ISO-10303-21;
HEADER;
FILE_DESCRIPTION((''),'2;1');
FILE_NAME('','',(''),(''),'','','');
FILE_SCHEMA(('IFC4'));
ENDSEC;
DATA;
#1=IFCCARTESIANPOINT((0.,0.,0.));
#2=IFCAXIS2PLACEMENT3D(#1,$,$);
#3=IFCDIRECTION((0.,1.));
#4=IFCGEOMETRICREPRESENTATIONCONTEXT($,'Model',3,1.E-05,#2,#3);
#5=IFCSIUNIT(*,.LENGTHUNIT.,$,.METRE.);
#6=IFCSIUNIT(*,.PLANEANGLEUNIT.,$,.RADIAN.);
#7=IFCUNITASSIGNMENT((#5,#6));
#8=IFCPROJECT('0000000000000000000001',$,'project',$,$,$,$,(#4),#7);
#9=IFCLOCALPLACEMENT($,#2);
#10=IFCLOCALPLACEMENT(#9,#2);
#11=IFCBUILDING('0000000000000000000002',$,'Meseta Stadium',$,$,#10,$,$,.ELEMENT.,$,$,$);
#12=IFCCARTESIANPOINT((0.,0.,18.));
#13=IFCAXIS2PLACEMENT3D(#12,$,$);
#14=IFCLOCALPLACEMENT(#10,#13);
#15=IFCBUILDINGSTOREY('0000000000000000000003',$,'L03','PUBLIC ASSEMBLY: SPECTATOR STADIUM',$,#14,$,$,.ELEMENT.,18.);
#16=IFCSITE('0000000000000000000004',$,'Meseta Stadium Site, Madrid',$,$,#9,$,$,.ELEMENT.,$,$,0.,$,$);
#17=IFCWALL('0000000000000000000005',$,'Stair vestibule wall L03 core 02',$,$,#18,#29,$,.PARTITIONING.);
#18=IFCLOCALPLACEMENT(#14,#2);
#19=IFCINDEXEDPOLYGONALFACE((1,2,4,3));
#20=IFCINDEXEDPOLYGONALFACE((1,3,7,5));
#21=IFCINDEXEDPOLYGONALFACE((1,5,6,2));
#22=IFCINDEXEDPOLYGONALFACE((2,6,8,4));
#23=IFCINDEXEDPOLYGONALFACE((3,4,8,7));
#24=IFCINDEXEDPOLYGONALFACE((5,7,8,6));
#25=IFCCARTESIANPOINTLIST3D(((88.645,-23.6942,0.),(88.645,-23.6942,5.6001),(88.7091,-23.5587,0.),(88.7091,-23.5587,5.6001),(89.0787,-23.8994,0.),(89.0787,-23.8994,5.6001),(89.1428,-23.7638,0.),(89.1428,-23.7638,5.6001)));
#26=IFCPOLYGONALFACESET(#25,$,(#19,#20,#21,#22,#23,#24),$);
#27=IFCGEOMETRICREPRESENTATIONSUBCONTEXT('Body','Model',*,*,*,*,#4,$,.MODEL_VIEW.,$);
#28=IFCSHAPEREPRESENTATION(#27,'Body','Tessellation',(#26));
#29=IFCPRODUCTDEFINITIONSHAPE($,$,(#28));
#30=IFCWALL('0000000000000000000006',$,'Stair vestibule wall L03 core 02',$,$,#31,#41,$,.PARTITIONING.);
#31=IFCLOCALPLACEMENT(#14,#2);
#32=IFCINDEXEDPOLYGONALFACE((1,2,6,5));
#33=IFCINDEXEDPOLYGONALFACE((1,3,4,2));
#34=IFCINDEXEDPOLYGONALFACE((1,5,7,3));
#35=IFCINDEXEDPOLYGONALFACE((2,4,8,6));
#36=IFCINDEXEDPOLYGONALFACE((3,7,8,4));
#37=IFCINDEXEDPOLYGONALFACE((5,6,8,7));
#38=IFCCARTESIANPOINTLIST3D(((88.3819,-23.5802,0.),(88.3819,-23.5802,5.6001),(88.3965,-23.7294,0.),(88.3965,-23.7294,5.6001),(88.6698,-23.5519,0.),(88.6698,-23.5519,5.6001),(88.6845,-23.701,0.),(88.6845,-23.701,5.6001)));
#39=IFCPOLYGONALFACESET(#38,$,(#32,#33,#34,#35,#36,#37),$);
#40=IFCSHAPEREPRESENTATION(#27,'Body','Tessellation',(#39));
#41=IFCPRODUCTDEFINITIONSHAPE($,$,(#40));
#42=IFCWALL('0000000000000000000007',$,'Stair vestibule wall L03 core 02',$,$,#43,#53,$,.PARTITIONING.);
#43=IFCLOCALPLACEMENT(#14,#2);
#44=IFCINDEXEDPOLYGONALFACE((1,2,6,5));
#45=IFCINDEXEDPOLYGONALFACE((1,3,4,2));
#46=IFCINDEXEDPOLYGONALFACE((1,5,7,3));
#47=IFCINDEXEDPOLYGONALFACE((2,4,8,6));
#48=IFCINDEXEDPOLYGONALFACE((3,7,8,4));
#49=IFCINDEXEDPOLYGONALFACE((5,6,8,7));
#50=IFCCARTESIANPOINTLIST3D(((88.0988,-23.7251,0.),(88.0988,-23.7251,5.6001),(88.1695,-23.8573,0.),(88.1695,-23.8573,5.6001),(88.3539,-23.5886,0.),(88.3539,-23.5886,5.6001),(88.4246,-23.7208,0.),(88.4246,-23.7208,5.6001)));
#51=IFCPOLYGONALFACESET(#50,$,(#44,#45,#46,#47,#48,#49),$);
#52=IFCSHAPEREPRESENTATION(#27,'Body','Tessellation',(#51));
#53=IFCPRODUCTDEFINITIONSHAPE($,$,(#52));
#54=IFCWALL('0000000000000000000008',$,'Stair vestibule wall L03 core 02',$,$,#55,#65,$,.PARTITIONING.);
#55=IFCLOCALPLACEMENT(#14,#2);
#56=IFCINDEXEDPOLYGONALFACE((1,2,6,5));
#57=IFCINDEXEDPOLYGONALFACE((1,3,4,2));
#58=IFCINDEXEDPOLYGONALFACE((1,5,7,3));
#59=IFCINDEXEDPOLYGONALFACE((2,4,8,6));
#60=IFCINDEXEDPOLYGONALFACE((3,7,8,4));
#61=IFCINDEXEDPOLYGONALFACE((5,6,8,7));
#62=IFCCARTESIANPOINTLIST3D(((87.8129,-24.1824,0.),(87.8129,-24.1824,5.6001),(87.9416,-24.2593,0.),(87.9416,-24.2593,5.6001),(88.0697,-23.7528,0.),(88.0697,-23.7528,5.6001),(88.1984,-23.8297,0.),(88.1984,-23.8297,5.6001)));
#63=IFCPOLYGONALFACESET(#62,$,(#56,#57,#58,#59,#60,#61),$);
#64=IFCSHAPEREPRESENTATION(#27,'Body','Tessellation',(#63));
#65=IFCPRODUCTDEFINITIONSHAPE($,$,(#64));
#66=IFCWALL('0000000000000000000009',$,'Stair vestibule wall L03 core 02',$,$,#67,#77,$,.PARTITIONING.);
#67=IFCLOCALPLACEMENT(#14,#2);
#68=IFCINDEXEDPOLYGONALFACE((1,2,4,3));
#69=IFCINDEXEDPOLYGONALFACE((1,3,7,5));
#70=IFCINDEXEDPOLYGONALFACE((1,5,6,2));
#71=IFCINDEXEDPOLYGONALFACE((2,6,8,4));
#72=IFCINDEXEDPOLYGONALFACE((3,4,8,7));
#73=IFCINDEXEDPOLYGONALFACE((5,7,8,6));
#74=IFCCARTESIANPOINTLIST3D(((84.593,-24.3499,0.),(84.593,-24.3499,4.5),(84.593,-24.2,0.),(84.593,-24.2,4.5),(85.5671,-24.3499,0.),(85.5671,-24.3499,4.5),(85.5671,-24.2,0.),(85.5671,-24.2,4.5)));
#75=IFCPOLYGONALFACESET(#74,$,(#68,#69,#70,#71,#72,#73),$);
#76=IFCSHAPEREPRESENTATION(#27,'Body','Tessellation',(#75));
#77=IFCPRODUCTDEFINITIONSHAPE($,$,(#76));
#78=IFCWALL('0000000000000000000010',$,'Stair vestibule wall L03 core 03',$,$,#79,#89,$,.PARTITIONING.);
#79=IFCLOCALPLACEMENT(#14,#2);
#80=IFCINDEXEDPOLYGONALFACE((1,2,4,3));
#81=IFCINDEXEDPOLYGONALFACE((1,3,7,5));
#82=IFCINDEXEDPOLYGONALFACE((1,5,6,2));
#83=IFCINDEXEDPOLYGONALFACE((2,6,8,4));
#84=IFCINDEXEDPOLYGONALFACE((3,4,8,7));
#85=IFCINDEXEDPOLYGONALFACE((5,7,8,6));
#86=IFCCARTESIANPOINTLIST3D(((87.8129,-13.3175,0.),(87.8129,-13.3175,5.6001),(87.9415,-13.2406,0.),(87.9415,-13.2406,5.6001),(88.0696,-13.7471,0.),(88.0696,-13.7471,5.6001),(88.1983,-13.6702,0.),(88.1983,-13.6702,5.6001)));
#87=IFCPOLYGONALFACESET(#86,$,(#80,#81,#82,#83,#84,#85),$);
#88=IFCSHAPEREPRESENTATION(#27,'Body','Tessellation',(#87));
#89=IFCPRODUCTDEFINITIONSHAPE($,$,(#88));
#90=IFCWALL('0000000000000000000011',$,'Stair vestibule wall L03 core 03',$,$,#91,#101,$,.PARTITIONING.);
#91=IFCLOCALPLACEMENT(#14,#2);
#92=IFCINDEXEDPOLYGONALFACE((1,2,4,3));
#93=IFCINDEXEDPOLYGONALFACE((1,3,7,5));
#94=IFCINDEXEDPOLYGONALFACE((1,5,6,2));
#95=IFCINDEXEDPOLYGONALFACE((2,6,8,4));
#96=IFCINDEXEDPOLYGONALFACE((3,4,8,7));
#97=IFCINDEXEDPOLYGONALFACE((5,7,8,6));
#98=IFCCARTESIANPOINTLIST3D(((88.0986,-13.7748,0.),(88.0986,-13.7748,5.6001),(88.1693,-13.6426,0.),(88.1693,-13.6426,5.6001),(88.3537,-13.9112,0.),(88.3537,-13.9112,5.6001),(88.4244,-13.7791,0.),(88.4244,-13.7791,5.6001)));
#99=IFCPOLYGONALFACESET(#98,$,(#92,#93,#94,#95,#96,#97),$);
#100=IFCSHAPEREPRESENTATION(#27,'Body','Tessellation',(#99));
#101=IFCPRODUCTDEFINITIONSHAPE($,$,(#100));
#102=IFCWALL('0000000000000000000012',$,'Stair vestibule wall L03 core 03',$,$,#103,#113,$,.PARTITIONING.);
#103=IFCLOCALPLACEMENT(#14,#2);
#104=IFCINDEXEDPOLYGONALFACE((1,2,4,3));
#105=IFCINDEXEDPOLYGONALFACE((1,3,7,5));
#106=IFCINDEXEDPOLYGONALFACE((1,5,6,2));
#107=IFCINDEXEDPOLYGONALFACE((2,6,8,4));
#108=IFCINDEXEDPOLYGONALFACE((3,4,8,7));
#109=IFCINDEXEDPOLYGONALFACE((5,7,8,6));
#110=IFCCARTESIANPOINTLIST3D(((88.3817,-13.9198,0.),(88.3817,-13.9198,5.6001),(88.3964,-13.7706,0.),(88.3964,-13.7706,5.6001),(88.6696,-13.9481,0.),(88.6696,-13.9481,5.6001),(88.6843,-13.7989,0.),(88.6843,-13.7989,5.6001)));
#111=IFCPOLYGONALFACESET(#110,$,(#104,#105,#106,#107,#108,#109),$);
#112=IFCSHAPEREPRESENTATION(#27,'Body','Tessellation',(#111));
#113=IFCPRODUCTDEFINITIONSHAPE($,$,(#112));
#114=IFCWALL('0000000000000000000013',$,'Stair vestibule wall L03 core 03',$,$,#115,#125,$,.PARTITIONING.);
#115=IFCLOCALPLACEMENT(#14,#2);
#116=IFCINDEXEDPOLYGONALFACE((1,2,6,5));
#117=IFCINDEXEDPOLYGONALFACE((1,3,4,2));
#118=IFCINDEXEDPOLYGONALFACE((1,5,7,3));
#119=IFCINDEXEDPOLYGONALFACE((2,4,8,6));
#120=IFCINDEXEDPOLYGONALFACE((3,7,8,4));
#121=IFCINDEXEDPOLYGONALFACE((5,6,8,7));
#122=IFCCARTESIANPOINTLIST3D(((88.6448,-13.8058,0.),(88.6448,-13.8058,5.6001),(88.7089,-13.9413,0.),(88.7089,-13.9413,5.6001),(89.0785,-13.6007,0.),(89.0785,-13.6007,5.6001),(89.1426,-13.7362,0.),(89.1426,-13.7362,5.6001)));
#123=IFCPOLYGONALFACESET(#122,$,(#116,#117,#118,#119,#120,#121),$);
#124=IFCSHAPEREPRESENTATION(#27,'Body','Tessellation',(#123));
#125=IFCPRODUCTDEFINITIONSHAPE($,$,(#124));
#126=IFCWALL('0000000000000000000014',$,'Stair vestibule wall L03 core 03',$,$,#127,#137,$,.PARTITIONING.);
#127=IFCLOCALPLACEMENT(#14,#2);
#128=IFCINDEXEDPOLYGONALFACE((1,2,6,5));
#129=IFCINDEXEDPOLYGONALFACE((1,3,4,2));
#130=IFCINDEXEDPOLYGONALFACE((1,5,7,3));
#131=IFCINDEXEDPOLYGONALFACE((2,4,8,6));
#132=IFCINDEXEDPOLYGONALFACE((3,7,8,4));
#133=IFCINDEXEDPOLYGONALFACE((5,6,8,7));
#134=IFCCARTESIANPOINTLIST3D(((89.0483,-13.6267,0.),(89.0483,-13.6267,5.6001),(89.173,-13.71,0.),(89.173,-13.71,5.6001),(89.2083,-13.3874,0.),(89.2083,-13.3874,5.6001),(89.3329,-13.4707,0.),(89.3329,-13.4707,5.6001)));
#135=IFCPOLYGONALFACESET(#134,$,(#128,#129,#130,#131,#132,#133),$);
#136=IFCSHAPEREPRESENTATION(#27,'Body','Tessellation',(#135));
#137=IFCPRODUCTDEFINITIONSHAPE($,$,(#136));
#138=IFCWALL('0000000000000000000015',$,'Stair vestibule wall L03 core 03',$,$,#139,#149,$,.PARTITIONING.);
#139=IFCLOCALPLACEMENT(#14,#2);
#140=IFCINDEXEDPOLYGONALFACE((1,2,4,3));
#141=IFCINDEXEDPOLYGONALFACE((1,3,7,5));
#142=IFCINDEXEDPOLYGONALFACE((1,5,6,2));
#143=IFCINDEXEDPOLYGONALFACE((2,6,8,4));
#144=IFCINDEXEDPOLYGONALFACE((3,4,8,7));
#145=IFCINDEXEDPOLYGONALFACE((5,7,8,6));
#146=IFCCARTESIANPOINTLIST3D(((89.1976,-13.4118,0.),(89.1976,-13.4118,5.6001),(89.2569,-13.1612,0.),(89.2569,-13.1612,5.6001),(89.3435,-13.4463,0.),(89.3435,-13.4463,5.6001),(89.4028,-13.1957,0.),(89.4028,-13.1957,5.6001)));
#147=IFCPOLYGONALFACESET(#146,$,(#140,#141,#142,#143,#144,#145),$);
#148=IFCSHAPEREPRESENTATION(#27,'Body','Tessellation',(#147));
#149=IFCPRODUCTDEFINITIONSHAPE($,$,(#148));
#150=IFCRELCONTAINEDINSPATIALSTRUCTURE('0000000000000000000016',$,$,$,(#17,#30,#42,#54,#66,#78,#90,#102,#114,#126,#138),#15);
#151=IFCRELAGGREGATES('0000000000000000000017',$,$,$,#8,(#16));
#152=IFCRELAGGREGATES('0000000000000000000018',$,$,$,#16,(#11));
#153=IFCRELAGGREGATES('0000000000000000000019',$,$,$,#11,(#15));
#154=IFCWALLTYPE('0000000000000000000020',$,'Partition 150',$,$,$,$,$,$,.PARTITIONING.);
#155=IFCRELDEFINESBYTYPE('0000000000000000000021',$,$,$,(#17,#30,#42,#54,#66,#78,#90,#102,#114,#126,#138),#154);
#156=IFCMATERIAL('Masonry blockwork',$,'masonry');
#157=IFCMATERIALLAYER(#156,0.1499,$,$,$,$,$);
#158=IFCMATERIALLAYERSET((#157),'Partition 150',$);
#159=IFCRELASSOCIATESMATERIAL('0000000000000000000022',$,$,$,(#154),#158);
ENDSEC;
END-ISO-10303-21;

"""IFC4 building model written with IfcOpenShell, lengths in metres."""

from ifc_helpers import new_model, si_unit, direction, frame, frame_2d, origin, place, context, subcontext, project, spatial, rectangle, extrude, material, layer, layer_set, type_object, element, save


model = new_model("IFC4")

# Units and contexts
model_context = context("Model", 3, precision=1e-05, world=origin(), true_north=direction((0.0, 1.0)))
body_context = subcontext(model_context, "Body", "Model", "MODEL_VIEW")
ifc_project = project(units=[si_unit("LENGTHUNIT", "METRE"), si_unit("PLANEANGLEUNIT", "RADIAN")], contexts=[model_context])

# Site, building, storey
site_placement = place(None, origin())
site = spatial("IfcSite", under=ifc_project, at=site_placement, Name="Meseta Stadium Site, Madrid", CompositionType="ELEMENT", RefElevation=0.0)
building_placement = place(site_placement, origin())
building = spatial("IfcBuilding", under=site, at=building_placement, Name="Meseta Stadium", CompositionType="ELEMENT")
storey_placement = place(building_placement, frame((0.0, 0.0, 18.0)))
storey = spatial("IfcBuildingStorey", under=building, at=storey_placement, Name="L03", Description="PUBLIC ASSEMBLY: SPECTATOR STADIUM", CompositionType="ELEMENT", Elevation=18.0)

# Walls
ifc_material_1 = material(Name="Masonry blockwork", Category="masonry")
ifc_layer = layer(ifc_material_1, 0.1499)
ifc_layer_set = layer_set([ifc_layer], Name="Partition 150")
wall_type = type_object("IfcWallType", Name="Partition 150", PredefinedType="PARTITIONING", material=ifc_layer_set)
wall_1_placement = place(storey_placement, frame((89.1106, -23.8315, 0.0), z_axis=(0.0, 0.0, 1.0), x_axis=(-0.903986, 0.427561, 0.0)))
element("IfcWall", 1, at=wall_1_placement, inside=storey, type_object=wall_type, Name="Stair vestibule wall L03 core 02", PredefinedType="PARTITIONING", context=body_context, shape_type="SweptSolid", body=[
    extrude(rectangle(XDim=0.4797, YDim=0.1499, at=frame_2d((0.2397, 0.0))), origin(), (0.0, 0.0, 1.0), 5.6001),
])
for number, where, z_axis, x_axis, name in (
    (2, (88.677, -23.6265, 0.0), (0.0, 0.0, 1.0), (-0.995195, -0.097916, 0.0), "Stair vestibule wall L03 core 02"),
    (3, (88.3892, -23.6548, 0.0), (0.0, 0.0, 1.0), (-0.881768, -0.471683, 0.0), "Stair vestibule wall L03 core 02"),
):
    element("IfcWall", number, at=place(storey_placement, frame(where, z_axis=z_axis, x_axis=x_axis)), inside=storey, type_object=wall_type, Name=name, PredefinedType="PARTITIONING", context=body_context, shape_type="SweptSolid", body=[
        extrude(rectangle(XDim=0.2893, YDim=0.1499, at=frame_2d((0.1445, 0.0))), origin(), (0.0, 0.0, 1.0), 5.6001),
    ])
wall_2_placement = place(storey_placement, frame((88.134, -23.7913, 0.0), z_axis=(0.0, 0.0, 1.0), x_axis=(-0.513061, -0.858352, 0.0)))
element("IfcWall", 4, at=wall_2_placement, inside=storey, type_object=wall_type, Name="Stair vestibule wall L03 core 02", PredefinedType="PARTITIONING", context=body_context, shape_type="SweptSolid", body=[
    extrude(rectangle(XDim=0.5005, YDim=0.1499, at=frame_2d((0.2502, 0.0))), origin(), (0.0, 0.0, 1.0), 5.6001),
])
wall_3_placement = place(storey_placement, frame((85.5671, -24.2749, 0.0), z_axis=(0.0, 0.0, 1.0), x_axis=(-1.0, 0.0, 0.0)))
element("IfcWall", 5, at=wall_3_placement, inside=storey, type_object=wall_type, Name="Stair vestibule wall L03 core 02", PredefinedType="PARTITIONING", context=body_context, shape_type="SweptSolid", body=[
    extrude(rectangle(XDim=0.9741, YDim=0.1499, at=frame_2d((0.4871, 0.0))), origin(), (0.0, 0.0, 1.0), 4.5),
])
wall_4_placement = place(storey_placement, frame((87.8772, -13.2791, 0.0), z_axis=(0.0, 0.0, 1.0), x_axis=(0.513061, -0.858352, 0.0)))
element("IfcWall", 6, at=wall_4_placement, inside=storey, type_object=wall_type, Name="Stair vestibule wall L03 core 03", PredefinedType="PARTITIONING", context=body_context, shape_type="SweptSolid", body=[
    extrude(rectangle(XDim=0.5005, YDim=0.1499, at=frame_2d((0.2502, 0.0))), origin(), (0.0, 0.0, 1.0), 5.6001),
])
for number, where, z_axis, x_axis, name in (
    (7, (88.134, -13.7087, 0.0), (0.0, 0.0, 1.0), (0.881768, -0.471683, 0.0), "Stair vestibule wall L03 core 03"),
    (8, (88.3892, -13.8452, 0.0), (0.0, 0.0, 1.0), (0.995195, -0.097916, 0.0), "Stair vestibule wall L03 core 03"),
):
    element("IfcWall", number, at=place(storey_placement, frame(where, z_axis=z_axis, x_axis=x_axis)), inside=storey, type_object=wall_type, Name=name, PredefinedType="PARTITIONING", context=body_context, shape_type="SweptSolid", body=[
        extrude(rectangle(XDim=0.2893, YDim=0.1499, at=frame_2d((0.1445, 0.0))), origin(), (0.0, 0.0, 1.0), 5.6001),
    ])
wall_5_placement = place(storey_placement, frame((88.677, -13.8735, 0.0), z_axis=(0.0, 0.0, 1.0), x_axis=(0.903986, 0.427561, 0.0)))
element("IfcWall", 9, at=wall_5_placement, inside=storey, type_object=wall_type, Name="Stair vestibule wall L03 core 03", PredefinedType="PARTITIONING", context=body_context, shape_type="SweptSolid", body=[
    extrude(rectangle(XDim=0.4797, YDim=0.1499, at=frame_2d((0.2397, 0.0))), origin(), (0.0, 0.0, 1.0), 5.6001),
])
wall_6_placement = place(storey_placement, frame((89.1106, -13.6685, 0.0), z_axis=(0.0, 0.0, 1.0), x_axis=(0.555679, 0.831397, 0.0)))
element("IfcWall", 10, at=wall_6_placement, inside=storey, type_object=wall_type, Name="Stair vestibule wall L03 core 03", PredefinedType="PARTITIONING", context=body_context, shape_type="SweptSolid", body=[
    extrude(rectangle(XDim=0.2878, YDim=0.1499, at=frame_2d((0.144, 0.0))), origin(), (0.0, 0.0, 1.0), 5.6001),
])
wall_7_placement = place(storey_placement, frame((89.2705, -13.4292, 0.0), z_axis=(0.0, 0.0, 1.0), x_axis=(0.230254, 0.973131, 0.0)))
element("IfcWall", 11, at=wall_7_placement, inside=storey, type_object=wall_type, Name="Stair vestibule wall L03 core 03", PredefinedType="PARTITIONING", context=body_context, shape_type="SweptSolid", body=[
    extrude(rectangle(XDim=0.2576, YDim=0.1499, at=frame_2d((0.1289, 0.0))), origin(), (0.0, 0.0, 1.0), 5.6001),
])

save(model, "model.ifc")
